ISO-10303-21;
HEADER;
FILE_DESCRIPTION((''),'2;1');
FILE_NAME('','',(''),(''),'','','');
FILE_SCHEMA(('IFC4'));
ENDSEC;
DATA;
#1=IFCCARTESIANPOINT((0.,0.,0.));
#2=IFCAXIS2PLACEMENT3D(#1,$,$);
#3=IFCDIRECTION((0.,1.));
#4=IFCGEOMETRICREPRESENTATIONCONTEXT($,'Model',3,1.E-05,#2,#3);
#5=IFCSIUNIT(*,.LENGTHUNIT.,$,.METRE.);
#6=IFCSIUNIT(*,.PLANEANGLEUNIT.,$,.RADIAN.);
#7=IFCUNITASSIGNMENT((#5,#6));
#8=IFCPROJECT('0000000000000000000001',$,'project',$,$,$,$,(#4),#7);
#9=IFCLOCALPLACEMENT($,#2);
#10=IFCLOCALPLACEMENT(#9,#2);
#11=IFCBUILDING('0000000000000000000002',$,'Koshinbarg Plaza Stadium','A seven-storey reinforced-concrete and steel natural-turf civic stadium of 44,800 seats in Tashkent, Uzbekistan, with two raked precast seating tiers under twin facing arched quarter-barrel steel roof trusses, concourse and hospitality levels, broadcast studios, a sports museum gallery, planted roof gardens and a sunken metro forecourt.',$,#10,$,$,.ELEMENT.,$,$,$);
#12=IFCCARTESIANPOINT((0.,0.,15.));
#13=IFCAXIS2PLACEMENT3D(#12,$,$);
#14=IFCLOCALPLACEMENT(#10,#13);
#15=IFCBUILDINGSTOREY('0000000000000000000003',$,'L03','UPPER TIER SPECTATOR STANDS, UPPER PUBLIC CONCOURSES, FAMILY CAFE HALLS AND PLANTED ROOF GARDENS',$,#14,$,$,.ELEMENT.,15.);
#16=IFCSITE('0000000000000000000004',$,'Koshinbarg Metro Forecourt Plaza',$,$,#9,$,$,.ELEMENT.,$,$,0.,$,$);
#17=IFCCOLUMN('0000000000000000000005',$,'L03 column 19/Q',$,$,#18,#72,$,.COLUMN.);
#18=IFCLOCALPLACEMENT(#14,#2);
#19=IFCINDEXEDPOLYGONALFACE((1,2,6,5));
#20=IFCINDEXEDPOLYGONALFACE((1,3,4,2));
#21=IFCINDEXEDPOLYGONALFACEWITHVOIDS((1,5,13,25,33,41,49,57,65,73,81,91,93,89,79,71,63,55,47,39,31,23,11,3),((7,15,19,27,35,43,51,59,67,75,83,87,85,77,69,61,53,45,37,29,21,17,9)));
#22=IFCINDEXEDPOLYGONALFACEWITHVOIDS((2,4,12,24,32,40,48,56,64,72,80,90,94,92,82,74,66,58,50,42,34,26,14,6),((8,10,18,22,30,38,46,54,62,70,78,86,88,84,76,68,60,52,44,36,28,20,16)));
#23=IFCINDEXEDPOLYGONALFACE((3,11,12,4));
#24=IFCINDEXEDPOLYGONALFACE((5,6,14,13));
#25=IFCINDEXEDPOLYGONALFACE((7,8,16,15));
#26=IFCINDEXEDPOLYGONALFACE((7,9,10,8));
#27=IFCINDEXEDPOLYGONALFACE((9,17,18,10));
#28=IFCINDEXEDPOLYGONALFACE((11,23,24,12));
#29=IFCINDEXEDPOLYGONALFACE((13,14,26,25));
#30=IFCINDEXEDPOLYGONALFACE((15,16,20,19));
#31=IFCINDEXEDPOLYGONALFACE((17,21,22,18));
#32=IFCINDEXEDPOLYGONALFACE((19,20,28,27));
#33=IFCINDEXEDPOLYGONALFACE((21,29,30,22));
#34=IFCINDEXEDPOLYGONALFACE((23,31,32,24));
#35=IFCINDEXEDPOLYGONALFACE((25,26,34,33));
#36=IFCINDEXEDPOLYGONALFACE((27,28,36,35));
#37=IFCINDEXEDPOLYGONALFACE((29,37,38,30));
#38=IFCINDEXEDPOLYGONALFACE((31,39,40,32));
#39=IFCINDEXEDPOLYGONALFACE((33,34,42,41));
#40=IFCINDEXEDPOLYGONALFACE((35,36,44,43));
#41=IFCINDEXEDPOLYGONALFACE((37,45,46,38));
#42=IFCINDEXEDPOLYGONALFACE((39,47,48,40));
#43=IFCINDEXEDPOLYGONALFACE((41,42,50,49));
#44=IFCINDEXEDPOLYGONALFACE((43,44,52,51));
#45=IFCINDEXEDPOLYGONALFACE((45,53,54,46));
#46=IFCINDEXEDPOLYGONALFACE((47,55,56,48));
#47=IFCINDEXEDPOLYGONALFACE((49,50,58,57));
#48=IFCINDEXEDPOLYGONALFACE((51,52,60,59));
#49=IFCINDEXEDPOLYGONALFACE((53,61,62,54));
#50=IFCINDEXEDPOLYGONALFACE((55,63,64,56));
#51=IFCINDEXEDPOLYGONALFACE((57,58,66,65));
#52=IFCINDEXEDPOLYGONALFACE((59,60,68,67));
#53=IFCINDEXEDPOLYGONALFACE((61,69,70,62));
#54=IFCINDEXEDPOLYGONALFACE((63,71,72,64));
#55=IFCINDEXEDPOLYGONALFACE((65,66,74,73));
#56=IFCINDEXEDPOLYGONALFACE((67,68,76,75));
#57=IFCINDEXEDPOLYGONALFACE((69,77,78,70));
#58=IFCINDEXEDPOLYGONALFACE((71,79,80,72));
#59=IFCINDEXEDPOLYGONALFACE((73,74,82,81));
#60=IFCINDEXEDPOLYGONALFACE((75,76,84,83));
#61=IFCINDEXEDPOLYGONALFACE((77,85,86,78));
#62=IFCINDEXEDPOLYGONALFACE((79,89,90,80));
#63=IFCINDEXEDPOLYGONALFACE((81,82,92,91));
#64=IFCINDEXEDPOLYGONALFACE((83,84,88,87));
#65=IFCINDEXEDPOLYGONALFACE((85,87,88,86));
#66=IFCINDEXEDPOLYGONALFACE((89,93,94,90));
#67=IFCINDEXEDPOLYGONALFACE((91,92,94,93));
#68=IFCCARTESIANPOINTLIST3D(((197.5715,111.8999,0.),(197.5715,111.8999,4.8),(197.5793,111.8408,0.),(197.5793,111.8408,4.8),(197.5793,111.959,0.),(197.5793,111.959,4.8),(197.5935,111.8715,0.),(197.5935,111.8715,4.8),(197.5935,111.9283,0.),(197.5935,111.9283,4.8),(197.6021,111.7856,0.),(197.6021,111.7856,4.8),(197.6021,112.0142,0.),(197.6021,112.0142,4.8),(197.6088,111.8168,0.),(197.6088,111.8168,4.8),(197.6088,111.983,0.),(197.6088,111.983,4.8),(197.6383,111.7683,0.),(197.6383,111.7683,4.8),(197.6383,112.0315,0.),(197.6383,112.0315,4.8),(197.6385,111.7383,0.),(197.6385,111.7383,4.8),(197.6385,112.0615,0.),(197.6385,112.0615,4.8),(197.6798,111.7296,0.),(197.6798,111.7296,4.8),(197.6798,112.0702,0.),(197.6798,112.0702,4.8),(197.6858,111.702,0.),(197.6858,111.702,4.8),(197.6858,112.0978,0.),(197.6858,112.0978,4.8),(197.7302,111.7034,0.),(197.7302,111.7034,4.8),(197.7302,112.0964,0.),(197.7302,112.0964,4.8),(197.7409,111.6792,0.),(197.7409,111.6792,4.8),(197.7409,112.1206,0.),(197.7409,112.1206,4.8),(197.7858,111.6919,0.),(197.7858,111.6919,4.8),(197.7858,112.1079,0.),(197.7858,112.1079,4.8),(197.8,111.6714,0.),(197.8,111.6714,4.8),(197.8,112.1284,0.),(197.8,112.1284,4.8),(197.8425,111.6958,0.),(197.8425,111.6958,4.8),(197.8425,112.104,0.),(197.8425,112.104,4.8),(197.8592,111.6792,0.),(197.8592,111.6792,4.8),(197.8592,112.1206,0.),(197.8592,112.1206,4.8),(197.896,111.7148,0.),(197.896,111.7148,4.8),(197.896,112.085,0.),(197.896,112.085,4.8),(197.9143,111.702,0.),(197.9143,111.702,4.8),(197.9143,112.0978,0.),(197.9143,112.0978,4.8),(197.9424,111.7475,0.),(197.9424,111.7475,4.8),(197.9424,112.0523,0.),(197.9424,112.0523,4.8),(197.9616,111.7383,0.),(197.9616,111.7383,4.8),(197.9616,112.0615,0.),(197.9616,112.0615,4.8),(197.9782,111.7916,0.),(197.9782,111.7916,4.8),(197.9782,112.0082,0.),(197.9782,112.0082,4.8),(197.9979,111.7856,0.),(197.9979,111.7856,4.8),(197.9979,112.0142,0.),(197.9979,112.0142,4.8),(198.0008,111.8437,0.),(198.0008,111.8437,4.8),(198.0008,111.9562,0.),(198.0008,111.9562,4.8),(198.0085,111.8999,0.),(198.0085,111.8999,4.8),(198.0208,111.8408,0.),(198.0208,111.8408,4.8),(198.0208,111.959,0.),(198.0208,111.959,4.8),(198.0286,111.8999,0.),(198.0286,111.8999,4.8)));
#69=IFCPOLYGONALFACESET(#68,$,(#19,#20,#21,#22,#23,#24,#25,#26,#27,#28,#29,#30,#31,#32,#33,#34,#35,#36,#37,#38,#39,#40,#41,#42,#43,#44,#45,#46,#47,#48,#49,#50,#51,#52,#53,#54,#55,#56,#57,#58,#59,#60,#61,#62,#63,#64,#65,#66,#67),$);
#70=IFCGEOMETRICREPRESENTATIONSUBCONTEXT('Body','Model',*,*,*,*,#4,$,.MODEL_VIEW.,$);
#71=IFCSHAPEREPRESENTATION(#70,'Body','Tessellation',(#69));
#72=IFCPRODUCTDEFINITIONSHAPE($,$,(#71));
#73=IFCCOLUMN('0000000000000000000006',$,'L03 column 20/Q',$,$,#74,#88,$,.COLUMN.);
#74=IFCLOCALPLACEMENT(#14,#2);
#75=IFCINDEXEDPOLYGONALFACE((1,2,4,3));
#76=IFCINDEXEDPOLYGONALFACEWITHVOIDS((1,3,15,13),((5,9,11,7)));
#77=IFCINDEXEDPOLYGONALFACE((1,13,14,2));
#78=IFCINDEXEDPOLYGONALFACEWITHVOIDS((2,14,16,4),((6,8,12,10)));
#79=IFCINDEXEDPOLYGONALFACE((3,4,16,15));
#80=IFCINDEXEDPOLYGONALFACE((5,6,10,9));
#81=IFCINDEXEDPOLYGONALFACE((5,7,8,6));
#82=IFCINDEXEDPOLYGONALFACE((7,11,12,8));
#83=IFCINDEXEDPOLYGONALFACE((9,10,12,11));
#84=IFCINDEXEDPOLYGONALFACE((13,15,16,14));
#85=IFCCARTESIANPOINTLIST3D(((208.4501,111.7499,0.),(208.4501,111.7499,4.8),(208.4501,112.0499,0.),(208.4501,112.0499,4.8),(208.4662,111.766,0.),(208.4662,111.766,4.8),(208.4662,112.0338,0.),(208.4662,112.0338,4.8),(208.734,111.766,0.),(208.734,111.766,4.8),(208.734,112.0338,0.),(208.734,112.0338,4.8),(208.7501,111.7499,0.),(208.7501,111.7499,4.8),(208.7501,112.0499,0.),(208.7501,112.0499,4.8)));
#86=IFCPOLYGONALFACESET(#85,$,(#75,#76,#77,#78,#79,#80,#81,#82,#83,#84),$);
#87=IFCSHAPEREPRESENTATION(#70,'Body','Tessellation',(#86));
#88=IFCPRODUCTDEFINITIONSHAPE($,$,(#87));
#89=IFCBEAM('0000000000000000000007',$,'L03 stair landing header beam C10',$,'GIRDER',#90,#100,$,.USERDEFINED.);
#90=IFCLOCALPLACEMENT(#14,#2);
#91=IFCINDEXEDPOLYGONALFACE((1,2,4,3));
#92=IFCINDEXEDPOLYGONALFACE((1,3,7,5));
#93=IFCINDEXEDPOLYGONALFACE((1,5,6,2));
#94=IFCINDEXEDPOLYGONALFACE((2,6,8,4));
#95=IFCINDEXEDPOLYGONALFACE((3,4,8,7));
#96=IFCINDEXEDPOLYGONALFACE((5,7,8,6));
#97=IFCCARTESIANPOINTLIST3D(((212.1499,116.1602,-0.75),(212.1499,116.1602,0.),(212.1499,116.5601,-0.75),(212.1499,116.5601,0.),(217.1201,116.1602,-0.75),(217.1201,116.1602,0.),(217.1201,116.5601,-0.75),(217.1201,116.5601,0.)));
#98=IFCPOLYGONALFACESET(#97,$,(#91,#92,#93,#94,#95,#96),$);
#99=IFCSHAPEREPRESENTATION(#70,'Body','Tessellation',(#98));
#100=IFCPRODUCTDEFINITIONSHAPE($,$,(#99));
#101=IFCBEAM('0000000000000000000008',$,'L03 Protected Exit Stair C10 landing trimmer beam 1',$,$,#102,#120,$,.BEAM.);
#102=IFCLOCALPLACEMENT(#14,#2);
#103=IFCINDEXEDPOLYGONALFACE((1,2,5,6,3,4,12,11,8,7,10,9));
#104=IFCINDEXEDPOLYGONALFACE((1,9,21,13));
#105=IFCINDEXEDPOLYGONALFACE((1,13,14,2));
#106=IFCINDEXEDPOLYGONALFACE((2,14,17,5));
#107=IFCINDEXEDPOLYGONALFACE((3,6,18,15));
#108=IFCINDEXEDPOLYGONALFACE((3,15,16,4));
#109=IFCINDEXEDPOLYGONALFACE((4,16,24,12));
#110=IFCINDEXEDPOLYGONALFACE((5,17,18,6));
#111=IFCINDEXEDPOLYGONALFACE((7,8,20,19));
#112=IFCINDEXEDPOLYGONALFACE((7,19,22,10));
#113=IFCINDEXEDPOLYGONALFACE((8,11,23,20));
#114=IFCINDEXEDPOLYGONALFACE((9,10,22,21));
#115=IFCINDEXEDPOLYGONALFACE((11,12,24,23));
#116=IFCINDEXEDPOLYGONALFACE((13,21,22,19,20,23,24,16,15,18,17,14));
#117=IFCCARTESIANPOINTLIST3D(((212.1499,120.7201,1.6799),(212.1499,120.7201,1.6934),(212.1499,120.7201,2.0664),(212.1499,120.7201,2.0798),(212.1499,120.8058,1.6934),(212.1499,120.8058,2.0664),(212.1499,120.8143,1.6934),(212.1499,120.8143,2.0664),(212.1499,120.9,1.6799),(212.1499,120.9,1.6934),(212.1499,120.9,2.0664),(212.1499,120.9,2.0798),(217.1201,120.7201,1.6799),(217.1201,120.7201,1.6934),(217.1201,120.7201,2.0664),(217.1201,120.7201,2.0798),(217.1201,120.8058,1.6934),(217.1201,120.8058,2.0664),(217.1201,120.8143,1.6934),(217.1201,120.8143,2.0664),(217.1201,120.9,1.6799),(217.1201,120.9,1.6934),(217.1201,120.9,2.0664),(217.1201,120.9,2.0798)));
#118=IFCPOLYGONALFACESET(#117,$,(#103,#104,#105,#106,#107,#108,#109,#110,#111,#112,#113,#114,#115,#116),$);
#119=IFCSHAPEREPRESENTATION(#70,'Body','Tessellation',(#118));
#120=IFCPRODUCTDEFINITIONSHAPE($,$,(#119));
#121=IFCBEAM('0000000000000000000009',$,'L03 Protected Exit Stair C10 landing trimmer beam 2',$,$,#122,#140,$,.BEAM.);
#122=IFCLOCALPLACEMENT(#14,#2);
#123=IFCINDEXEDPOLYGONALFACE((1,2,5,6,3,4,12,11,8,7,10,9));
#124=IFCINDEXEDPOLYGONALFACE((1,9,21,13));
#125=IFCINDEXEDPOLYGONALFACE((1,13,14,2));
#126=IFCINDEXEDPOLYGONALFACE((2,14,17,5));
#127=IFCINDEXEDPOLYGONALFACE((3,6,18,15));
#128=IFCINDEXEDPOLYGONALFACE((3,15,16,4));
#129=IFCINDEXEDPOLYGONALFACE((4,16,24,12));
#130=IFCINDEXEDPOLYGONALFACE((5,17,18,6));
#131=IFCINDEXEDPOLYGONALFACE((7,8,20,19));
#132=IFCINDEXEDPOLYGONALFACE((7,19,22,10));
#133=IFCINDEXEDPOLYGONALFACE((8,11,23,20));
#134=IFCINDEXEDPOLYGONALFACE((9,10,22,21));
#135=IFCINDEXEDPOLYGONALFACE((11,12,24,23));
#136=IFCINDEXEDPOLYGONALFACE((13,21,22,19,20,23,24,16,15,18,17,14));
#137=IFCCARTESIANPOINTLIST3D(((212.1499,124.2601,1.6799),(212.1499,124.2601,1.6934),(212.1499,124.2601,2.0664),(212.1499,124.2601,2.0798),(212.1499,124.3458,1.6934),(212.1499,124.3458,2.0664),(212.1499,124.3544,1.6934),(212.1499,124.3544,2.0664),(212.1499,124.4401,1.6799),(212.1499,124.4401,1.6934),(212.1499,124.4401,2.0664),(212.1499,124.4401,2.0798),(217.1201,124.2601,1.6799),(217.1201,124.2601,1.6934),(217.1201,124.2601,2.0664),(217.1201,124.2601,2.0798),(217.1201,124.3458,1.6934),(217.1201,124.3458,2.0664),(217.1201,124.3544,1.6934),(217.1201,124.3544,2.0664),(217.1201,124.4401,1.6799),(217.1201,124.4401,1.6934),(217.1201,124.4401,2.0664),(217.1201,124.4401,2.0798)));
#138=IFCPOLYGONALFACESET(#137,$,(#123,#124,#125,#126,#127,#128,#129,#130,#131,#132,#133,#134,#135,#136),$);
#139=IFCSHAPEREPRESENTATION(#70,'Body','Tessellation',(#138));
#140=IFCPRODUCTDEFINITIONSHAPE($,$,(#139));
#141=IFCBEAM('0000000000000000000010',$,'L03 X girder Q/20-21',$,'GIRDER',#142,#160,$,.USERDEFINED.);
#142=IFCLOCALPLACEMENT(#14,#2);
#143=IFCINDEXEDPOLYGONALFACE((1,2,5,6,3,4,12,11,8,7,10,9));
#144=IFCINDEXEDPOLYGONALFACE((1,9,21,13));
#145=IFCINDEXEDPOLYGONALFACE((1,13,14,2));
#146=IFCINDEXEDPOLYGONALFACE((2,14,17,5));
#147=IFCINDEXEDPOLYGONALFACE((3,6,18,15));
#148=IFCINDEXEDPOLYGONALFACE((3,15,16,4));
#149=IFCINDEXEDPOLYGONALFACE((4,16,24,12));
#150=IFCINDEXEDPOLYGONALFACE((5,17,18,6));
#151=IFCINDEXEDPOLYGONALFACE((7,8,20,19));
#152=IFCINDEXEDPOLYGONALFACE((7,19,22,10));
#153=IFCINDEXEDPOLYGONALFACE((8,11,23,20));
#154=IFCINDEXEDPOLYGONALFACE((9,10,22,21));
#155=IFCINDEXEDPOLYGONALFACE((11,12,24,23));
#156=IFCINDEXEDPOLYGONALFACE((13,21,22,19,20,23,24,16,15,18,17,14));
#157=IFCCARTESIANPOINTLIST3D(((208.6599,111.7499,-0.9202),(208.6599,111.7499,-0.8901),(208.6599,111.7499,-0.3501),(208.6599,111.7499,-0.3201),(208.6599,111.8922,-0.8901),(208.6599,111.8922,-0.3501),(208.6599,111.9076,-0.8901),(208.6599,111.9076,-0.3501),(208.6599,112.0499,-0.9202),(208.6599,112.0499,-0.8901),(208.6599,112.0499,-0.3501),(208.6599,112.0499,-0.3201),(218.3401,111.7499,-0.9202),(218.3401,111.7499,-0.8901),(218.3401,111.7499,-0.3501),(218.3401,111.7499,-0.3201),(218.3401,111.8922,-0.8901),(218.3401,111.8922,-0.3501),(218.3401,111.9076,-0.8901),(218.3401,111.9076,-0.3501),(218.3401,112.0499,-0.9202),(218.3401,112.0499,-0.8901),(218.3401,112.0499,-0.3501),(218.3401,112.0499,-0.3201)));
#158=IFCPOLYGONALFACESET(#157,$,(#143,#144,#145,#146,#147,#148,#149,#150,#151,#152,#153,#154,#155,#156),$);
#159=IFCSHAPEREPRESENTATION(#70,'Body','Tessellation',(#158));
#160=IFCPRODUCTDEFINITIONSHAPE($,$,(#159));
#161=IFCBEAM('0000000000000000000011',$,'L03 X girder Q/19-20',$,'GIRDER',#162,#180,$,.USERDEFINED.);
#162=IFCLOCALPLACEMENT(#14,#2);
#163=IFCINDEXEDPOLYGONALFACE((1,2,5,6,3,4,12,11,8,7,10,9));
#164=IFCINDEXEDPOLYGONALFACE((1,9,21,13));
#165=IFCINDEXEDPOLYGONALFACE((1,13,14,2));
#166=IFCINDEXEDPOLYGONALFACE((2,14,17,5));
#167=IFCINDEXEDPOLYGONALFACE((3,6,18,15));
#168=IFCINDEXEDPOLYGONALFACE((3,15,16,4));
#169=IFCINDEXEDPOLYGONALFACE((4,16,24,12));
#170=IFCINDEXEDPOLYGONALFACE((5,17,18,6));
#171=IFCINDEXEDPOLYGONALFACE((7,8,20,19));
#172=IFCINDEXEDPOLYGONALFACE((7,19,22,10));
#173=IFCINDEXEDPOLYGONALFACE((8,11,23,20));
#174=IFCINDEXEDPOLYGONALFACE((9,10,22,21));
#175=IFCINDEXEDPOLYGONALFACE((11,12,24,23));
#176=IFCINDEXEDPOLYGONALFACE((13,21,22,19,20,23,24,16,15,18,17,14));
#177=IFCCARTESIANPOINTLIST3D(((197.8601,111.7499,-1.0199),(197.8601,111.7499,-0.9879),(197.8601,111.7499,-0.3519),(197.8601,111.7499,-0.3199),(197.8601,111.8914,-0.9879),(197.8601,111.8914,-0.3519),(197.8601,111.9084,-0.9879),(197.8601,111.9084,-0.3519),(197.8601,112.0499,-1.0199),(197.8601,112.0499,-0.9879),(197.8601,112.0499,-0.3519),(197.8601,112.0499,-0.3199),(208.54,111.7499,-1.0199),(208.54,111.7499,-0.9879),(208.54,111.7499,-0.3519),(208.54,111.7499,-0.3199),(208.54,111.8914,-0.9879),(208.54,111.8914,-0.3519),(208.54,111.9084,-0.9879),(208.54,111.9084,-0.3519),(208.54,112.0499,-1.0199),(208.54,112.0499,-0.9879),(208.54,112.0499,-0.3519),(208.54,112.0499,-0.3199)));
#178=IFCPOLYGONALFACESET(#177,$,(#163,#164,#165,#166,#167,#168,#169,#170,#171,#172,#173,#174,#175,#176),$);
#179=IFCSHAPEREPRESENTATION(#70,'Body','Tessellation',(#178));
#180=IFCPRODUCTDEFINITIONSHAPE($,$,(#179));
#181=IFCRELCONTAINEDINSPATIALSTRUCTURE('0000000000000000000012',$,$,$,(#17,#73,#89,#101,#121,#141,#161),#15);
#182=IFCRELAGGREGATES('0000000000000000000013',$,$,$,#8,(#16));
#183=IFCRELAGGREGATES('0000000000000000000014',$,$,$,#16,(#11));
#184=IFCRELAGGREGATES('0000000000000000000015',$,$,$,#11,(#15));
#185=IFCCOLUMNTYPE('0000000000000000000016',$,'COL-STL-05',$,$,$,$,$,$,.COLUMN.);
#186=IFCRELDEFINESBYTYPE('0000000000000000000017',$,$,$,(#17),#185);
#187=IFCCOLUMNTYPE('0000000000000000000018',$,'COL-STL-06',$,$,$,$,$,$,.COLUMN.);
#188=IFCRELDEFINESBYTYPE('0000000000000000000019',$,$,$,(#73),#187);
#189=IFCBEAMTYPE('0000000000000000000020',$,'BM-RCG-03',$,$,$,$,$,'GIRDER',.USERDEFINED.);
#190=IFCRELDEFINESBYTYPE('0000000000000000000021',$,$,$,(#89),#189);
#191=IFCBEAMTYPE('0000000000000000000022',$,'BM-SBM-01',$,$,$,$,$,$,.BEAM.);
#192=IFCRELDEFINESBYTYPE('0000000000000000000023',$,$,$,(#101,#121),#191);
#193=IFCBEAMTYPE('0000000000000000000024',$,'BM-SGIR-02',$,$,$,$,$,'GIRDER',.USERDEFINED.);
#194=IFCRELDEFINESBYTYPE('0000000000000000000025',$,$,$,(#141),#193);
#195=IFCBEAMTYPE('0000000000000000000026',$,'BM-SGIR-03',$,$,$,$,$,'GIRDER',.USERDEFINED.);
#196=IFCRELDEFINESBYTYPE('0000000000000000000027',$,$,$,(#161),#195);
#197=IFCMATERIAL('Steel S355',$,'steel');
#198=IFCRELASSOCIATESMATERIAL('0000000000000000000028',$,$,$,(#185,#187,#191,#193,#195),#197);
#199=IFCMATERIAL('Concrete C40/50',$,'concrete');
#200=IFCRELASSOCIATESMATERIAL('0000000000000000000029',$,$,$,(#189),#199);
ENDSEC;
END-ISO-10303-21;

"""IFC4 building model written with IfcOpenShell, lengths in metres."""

from ifc_helpers import new_model, si_unit, direction, frame, origin, origin_2d, place, context, subcontext, project, spatial, rectangle, hollow_rectangle, hollow_circle, i_section, extrude, material, material_profile, profile_set, type_object, element, save


model = new_model("IFC4")

# Units and contexts
model_context = context("Model", 3, precision=1e-05, world=origin(), true_north=direction((0.0, 1.0)))
body_context = subcontext(model_context, "Body", "Model", "MODEL_VIEW")
ifc_project = project(units=[si_unit("LENGTHUNIT", "METRE"), si_unit("PLANEANGLEUNIT", "RADIAN")], contexts=[model_context])

# Site, building, storey
site_placement = place(None, origin())
site = spatial("IfcSite", under=ifc_project, at=site_placement, Name="Koshinbarg Metro Forecourt Plaza", CompositionType="ELEMENT", RefElevation=0.0)
building_placement = place(site_placement, origin())
building = spatial("IfcBuilding", under=site, at=building_placement, Name="Koshinbarg Plaza Stadium", Description="A seven-storey reinforced-concrete and steel natural-turf civic stadium of 44,800 seats in Tashkent, Uzbekistan, with two raked precast seating tiers under twin facing arched quarter-barrel steel roof trusses, concourse and hospitality levels, broadcast studios, a sports museum gallery, planted roof gardens and a sunken metro forecourt.", CompositionType="ELEMENT")
storey_placement = place(building_placement, frame((0.0, 0.0, 15.0)))
storey = spatial("IfcBuildingStorey", under=building, at=storey_placement, Name="L03", Description="UPPER TIER SPECTATOR STANDS, UPPER PUBLIC CONCOURSES, FAMILY CAFE HALLS AND PLANTED ROOF GARDENS", CompositionType="ELEMENT", Elevation=15.0)

# Columns
ifc_material_1 = material(Name="Steel S355", Category="steel")
ifc_material_profile_1 = material_profile(ifc_material_1, hollow_circle(Radius=0.2285, WallThickness=0.02, at=origin_2d()), Name="CHS 457x20")
ifc_profile_set_1 = profile_set([ifc_material_profile_1], Name="Steel S355")
column_type_1 = type_object("IfcColumnType", Name="COL-STL-05", PredefinedType="COLUMN", material=ifc_profile_set_1)
column_1_placement = place(storey_placement, frame((197.8, 111.8999, 0.0), z_axis=(0.0, 0.0, 1.0), x_axis=(1.0, 0.0, 0.0)))
element("IfcColumn", 1, at=column_1_placement, inside=storey, type_object=column_type_1, Name="L03 column 19/Q", PredefinedType="COLUMN", context=body_context, shape_type="SweptSolid", body=[
    extrude(hollow_circle(Radius=0.2285, WallThickness=0.02, at=origin_2d()), origin(), (0.0, 0.0, 1.0), 4.8),
])
ifc_material_profile_2 = material_profile(ifc_material_1, hollow_rectangle(XDim=0.3, YDim=0.3, WallThickness=0.0161, at=origin_2d()), Name="SHS 300x300x16")
ifc_profile_set_2 = profile_set([ifc_material_profile_2], Name="Steel S355")
column_type_2 = type_object("IfcColumnType", Name="COL-STL-06", PredefinedType="COLUMN", material=ifc_profile_set_2)
column_2_placement = place(storey_placement, frame((208.6001, 111.8999, 0.0), z_axis=(0.0, 0.0, 1.0), x_axis=(1.0, 0.0, 0.0)))
element("IfcColumn", 2, at=column_2_placement, inside=storey, type_object=column_type_2, Name="L03 column 20/Q", PredefinedType="COLUMN", context=body_context, shape_type="SweptSolid", body=[
    extrude(hollow_rectangle(XDim=0.3, YDim=0.3, WallThickness=0.0161, at=origin_2d()), origin(), (0.0, 0.0, 1.0), 4.8),
])

# Beams
ifc_material_2 = material(Name="Concrete C40/50", Category="concrete")
ifc_material_profile_3 = material_profile(ifc_material_2, rectangle(XDim=0.3999, YDim=0.75, at=origin_2d()), Name="RC 400x750")
ifc_profile_set_3 = profile_set([ifc_material_profile_3], Name="Concrete C40/50")
beam_type_1 = type_object("IfcBeamType", Name="BM-RCG-03", ElementType="GIRDER", PredefinedType="USERDEFINED", material=ifc_profile_set_3)
beam_1_placement = place(storey_placement, frame((212.1499, 116.3601, -0.375), z_axis=(1.0, 0.0, 0.0), x_axis=(0.0, 1.0, 0.0)))
element("IfcBeam", 3, at=beam_1_placement, inside=storey, type_object=beam_type_1, Name="L03 stair landing header beam C10", ObjectType="GIRDER", PredefinedType="USERDEFINED", context=body_context, shape_type="SweptSolid", body=[
    extrude(rectangle(XDim=0.3999, YDim=0.75, at=origin_2d()), origin(), (0.0, 0.0, 1.0), 4.9702),
])
ifc_material_profile_4 = material_profile(ifc_material_1, i_section(OverallWidth=0.1799, OverallDepth=0.3999, WebThickness=0.0085, FlangeThickness=0.0134, at=origin_2d()), Name="IPE 400")
ifc_profile_set_4 = profile_set([ifc_material_profile_4], Name="Steel S355")
beam_type_2 = type_object("IfcBeamType", Name="BM-SBM-01", PredefinedType="BEAM", material=ifc_profile_set_4)
for number, where, z_axis, x_axis, name in (
    (4, (212.1499, 120.8101, 1.8799), (1.0, 0.0, 0.0), (0.0, 1.0, 0.0), "L03 Protected Exit Stair C10 landing trimmer beam 1"),
    (5, (212.1499, 124.3501, 1.8799), (1.0, 0.0, 0.0), (0.0, 1.0, 0.0), "L03 Protected Exit Stair C10 landing trimmer beam 2"),
):
    element("IfcBeam", number, at=place(storey_placement, frame(where, z_axis=z_axis, x_axis=x_axis)), inside=storey, type_object=beam_type_2, Name=name, PredefinedType="BEAM", context=body_context, shape_type="SweptSolid", body=[
        extrude(i_section(OverallWidth=0.1799, OverallDepth=0.3999, WebThickness=0.0085, FlangeThickness=0.0134, at=origin_2d()), origin(), (0.0, 0.0, 1.0), 4.9702),
    ])
ifc_material_profile_5 = material_profile(ifc_material_1, i_section(OverallWidth=0.3, OverallDepth=0.6001, WebThickness=0.0154, FlangeThickness=0.03, at=origin_2d()), Name="HEB 600")
ifc_profile_set_5 = profile_set([ifc_material_profile_5], Name="Steel S355")
beam_type_3 = type_object("IfcBeamType", Name="BM-SGIR-02", ElementType="GIRDER", PredefinedType="USERDEFINED", material=ifc_profile_set_5)
beam_2_placement = place(storey_placement, frame((208.6599, 111.8999, -0.6201), z_axis=(1.0, 0.0, 0.0), x_axis=(0.0, 1.0, 0.0)))
element("IfcBeam", 6, at=beam_2_placement, inside=storey, type_object=beam_type_3, Name="L03 X girder Q/20-21", ObjectType="GIRDER", PredefinedType="USERDEFINED", context=body_context, shape_type="SweptSolid", body=[
    extrude(i_section(OverallWidth=0.3, OverallDepth=0.6001, WebThickness=0.0154, FlangeThickness=0.03, at=origin_2d()), origin(), (0.0, 0.0, 1.0), 9.6802),
])
ifc_material_profile_6 = material_profile(ifc_material_1, i_section(OverallWidth=0.3, OverallDepth=0.7, WebThickness=0.0171, FlangeThickness=0.032, at=origin_2d()), Name="HEB 700")
ifc_profile_set_6 = profile_set([ifc_material_profile_6], Name="Steel S355")
beam_type_4 = type_object("IfcBeamType", Name="BM-SGIR-03", ElementType="GIRDER", PredefinedType="USERDEFINED", material=ifc_profile_set_6)
beam_3_placement = place(storey_placement, frame((197.8601, 111.8999, -0.6699), z_axis=(1.0, 0.0, 0.0), x_axis=(0.0, 1.0, 0.0)))
element("IfcBeam", 7, at=beam_3_placement, inside=storey, type_object=beam_type_4, Name="L03 X girder Q/19-20", ObjectType="GIRDER", PredefinedType="USERDEFINED", context=body_context, shape_type="SweptSolid", body=[
    extrude(i_section(OverallWidth=0.3, OverallDepth=0.7, WebThickness=0.0171, FlangeThickness=0.032, at=origin_2d()), origin(), (0.0, 0.0, 1.0), 10.6799),
])

save(model, "model.ifc")
